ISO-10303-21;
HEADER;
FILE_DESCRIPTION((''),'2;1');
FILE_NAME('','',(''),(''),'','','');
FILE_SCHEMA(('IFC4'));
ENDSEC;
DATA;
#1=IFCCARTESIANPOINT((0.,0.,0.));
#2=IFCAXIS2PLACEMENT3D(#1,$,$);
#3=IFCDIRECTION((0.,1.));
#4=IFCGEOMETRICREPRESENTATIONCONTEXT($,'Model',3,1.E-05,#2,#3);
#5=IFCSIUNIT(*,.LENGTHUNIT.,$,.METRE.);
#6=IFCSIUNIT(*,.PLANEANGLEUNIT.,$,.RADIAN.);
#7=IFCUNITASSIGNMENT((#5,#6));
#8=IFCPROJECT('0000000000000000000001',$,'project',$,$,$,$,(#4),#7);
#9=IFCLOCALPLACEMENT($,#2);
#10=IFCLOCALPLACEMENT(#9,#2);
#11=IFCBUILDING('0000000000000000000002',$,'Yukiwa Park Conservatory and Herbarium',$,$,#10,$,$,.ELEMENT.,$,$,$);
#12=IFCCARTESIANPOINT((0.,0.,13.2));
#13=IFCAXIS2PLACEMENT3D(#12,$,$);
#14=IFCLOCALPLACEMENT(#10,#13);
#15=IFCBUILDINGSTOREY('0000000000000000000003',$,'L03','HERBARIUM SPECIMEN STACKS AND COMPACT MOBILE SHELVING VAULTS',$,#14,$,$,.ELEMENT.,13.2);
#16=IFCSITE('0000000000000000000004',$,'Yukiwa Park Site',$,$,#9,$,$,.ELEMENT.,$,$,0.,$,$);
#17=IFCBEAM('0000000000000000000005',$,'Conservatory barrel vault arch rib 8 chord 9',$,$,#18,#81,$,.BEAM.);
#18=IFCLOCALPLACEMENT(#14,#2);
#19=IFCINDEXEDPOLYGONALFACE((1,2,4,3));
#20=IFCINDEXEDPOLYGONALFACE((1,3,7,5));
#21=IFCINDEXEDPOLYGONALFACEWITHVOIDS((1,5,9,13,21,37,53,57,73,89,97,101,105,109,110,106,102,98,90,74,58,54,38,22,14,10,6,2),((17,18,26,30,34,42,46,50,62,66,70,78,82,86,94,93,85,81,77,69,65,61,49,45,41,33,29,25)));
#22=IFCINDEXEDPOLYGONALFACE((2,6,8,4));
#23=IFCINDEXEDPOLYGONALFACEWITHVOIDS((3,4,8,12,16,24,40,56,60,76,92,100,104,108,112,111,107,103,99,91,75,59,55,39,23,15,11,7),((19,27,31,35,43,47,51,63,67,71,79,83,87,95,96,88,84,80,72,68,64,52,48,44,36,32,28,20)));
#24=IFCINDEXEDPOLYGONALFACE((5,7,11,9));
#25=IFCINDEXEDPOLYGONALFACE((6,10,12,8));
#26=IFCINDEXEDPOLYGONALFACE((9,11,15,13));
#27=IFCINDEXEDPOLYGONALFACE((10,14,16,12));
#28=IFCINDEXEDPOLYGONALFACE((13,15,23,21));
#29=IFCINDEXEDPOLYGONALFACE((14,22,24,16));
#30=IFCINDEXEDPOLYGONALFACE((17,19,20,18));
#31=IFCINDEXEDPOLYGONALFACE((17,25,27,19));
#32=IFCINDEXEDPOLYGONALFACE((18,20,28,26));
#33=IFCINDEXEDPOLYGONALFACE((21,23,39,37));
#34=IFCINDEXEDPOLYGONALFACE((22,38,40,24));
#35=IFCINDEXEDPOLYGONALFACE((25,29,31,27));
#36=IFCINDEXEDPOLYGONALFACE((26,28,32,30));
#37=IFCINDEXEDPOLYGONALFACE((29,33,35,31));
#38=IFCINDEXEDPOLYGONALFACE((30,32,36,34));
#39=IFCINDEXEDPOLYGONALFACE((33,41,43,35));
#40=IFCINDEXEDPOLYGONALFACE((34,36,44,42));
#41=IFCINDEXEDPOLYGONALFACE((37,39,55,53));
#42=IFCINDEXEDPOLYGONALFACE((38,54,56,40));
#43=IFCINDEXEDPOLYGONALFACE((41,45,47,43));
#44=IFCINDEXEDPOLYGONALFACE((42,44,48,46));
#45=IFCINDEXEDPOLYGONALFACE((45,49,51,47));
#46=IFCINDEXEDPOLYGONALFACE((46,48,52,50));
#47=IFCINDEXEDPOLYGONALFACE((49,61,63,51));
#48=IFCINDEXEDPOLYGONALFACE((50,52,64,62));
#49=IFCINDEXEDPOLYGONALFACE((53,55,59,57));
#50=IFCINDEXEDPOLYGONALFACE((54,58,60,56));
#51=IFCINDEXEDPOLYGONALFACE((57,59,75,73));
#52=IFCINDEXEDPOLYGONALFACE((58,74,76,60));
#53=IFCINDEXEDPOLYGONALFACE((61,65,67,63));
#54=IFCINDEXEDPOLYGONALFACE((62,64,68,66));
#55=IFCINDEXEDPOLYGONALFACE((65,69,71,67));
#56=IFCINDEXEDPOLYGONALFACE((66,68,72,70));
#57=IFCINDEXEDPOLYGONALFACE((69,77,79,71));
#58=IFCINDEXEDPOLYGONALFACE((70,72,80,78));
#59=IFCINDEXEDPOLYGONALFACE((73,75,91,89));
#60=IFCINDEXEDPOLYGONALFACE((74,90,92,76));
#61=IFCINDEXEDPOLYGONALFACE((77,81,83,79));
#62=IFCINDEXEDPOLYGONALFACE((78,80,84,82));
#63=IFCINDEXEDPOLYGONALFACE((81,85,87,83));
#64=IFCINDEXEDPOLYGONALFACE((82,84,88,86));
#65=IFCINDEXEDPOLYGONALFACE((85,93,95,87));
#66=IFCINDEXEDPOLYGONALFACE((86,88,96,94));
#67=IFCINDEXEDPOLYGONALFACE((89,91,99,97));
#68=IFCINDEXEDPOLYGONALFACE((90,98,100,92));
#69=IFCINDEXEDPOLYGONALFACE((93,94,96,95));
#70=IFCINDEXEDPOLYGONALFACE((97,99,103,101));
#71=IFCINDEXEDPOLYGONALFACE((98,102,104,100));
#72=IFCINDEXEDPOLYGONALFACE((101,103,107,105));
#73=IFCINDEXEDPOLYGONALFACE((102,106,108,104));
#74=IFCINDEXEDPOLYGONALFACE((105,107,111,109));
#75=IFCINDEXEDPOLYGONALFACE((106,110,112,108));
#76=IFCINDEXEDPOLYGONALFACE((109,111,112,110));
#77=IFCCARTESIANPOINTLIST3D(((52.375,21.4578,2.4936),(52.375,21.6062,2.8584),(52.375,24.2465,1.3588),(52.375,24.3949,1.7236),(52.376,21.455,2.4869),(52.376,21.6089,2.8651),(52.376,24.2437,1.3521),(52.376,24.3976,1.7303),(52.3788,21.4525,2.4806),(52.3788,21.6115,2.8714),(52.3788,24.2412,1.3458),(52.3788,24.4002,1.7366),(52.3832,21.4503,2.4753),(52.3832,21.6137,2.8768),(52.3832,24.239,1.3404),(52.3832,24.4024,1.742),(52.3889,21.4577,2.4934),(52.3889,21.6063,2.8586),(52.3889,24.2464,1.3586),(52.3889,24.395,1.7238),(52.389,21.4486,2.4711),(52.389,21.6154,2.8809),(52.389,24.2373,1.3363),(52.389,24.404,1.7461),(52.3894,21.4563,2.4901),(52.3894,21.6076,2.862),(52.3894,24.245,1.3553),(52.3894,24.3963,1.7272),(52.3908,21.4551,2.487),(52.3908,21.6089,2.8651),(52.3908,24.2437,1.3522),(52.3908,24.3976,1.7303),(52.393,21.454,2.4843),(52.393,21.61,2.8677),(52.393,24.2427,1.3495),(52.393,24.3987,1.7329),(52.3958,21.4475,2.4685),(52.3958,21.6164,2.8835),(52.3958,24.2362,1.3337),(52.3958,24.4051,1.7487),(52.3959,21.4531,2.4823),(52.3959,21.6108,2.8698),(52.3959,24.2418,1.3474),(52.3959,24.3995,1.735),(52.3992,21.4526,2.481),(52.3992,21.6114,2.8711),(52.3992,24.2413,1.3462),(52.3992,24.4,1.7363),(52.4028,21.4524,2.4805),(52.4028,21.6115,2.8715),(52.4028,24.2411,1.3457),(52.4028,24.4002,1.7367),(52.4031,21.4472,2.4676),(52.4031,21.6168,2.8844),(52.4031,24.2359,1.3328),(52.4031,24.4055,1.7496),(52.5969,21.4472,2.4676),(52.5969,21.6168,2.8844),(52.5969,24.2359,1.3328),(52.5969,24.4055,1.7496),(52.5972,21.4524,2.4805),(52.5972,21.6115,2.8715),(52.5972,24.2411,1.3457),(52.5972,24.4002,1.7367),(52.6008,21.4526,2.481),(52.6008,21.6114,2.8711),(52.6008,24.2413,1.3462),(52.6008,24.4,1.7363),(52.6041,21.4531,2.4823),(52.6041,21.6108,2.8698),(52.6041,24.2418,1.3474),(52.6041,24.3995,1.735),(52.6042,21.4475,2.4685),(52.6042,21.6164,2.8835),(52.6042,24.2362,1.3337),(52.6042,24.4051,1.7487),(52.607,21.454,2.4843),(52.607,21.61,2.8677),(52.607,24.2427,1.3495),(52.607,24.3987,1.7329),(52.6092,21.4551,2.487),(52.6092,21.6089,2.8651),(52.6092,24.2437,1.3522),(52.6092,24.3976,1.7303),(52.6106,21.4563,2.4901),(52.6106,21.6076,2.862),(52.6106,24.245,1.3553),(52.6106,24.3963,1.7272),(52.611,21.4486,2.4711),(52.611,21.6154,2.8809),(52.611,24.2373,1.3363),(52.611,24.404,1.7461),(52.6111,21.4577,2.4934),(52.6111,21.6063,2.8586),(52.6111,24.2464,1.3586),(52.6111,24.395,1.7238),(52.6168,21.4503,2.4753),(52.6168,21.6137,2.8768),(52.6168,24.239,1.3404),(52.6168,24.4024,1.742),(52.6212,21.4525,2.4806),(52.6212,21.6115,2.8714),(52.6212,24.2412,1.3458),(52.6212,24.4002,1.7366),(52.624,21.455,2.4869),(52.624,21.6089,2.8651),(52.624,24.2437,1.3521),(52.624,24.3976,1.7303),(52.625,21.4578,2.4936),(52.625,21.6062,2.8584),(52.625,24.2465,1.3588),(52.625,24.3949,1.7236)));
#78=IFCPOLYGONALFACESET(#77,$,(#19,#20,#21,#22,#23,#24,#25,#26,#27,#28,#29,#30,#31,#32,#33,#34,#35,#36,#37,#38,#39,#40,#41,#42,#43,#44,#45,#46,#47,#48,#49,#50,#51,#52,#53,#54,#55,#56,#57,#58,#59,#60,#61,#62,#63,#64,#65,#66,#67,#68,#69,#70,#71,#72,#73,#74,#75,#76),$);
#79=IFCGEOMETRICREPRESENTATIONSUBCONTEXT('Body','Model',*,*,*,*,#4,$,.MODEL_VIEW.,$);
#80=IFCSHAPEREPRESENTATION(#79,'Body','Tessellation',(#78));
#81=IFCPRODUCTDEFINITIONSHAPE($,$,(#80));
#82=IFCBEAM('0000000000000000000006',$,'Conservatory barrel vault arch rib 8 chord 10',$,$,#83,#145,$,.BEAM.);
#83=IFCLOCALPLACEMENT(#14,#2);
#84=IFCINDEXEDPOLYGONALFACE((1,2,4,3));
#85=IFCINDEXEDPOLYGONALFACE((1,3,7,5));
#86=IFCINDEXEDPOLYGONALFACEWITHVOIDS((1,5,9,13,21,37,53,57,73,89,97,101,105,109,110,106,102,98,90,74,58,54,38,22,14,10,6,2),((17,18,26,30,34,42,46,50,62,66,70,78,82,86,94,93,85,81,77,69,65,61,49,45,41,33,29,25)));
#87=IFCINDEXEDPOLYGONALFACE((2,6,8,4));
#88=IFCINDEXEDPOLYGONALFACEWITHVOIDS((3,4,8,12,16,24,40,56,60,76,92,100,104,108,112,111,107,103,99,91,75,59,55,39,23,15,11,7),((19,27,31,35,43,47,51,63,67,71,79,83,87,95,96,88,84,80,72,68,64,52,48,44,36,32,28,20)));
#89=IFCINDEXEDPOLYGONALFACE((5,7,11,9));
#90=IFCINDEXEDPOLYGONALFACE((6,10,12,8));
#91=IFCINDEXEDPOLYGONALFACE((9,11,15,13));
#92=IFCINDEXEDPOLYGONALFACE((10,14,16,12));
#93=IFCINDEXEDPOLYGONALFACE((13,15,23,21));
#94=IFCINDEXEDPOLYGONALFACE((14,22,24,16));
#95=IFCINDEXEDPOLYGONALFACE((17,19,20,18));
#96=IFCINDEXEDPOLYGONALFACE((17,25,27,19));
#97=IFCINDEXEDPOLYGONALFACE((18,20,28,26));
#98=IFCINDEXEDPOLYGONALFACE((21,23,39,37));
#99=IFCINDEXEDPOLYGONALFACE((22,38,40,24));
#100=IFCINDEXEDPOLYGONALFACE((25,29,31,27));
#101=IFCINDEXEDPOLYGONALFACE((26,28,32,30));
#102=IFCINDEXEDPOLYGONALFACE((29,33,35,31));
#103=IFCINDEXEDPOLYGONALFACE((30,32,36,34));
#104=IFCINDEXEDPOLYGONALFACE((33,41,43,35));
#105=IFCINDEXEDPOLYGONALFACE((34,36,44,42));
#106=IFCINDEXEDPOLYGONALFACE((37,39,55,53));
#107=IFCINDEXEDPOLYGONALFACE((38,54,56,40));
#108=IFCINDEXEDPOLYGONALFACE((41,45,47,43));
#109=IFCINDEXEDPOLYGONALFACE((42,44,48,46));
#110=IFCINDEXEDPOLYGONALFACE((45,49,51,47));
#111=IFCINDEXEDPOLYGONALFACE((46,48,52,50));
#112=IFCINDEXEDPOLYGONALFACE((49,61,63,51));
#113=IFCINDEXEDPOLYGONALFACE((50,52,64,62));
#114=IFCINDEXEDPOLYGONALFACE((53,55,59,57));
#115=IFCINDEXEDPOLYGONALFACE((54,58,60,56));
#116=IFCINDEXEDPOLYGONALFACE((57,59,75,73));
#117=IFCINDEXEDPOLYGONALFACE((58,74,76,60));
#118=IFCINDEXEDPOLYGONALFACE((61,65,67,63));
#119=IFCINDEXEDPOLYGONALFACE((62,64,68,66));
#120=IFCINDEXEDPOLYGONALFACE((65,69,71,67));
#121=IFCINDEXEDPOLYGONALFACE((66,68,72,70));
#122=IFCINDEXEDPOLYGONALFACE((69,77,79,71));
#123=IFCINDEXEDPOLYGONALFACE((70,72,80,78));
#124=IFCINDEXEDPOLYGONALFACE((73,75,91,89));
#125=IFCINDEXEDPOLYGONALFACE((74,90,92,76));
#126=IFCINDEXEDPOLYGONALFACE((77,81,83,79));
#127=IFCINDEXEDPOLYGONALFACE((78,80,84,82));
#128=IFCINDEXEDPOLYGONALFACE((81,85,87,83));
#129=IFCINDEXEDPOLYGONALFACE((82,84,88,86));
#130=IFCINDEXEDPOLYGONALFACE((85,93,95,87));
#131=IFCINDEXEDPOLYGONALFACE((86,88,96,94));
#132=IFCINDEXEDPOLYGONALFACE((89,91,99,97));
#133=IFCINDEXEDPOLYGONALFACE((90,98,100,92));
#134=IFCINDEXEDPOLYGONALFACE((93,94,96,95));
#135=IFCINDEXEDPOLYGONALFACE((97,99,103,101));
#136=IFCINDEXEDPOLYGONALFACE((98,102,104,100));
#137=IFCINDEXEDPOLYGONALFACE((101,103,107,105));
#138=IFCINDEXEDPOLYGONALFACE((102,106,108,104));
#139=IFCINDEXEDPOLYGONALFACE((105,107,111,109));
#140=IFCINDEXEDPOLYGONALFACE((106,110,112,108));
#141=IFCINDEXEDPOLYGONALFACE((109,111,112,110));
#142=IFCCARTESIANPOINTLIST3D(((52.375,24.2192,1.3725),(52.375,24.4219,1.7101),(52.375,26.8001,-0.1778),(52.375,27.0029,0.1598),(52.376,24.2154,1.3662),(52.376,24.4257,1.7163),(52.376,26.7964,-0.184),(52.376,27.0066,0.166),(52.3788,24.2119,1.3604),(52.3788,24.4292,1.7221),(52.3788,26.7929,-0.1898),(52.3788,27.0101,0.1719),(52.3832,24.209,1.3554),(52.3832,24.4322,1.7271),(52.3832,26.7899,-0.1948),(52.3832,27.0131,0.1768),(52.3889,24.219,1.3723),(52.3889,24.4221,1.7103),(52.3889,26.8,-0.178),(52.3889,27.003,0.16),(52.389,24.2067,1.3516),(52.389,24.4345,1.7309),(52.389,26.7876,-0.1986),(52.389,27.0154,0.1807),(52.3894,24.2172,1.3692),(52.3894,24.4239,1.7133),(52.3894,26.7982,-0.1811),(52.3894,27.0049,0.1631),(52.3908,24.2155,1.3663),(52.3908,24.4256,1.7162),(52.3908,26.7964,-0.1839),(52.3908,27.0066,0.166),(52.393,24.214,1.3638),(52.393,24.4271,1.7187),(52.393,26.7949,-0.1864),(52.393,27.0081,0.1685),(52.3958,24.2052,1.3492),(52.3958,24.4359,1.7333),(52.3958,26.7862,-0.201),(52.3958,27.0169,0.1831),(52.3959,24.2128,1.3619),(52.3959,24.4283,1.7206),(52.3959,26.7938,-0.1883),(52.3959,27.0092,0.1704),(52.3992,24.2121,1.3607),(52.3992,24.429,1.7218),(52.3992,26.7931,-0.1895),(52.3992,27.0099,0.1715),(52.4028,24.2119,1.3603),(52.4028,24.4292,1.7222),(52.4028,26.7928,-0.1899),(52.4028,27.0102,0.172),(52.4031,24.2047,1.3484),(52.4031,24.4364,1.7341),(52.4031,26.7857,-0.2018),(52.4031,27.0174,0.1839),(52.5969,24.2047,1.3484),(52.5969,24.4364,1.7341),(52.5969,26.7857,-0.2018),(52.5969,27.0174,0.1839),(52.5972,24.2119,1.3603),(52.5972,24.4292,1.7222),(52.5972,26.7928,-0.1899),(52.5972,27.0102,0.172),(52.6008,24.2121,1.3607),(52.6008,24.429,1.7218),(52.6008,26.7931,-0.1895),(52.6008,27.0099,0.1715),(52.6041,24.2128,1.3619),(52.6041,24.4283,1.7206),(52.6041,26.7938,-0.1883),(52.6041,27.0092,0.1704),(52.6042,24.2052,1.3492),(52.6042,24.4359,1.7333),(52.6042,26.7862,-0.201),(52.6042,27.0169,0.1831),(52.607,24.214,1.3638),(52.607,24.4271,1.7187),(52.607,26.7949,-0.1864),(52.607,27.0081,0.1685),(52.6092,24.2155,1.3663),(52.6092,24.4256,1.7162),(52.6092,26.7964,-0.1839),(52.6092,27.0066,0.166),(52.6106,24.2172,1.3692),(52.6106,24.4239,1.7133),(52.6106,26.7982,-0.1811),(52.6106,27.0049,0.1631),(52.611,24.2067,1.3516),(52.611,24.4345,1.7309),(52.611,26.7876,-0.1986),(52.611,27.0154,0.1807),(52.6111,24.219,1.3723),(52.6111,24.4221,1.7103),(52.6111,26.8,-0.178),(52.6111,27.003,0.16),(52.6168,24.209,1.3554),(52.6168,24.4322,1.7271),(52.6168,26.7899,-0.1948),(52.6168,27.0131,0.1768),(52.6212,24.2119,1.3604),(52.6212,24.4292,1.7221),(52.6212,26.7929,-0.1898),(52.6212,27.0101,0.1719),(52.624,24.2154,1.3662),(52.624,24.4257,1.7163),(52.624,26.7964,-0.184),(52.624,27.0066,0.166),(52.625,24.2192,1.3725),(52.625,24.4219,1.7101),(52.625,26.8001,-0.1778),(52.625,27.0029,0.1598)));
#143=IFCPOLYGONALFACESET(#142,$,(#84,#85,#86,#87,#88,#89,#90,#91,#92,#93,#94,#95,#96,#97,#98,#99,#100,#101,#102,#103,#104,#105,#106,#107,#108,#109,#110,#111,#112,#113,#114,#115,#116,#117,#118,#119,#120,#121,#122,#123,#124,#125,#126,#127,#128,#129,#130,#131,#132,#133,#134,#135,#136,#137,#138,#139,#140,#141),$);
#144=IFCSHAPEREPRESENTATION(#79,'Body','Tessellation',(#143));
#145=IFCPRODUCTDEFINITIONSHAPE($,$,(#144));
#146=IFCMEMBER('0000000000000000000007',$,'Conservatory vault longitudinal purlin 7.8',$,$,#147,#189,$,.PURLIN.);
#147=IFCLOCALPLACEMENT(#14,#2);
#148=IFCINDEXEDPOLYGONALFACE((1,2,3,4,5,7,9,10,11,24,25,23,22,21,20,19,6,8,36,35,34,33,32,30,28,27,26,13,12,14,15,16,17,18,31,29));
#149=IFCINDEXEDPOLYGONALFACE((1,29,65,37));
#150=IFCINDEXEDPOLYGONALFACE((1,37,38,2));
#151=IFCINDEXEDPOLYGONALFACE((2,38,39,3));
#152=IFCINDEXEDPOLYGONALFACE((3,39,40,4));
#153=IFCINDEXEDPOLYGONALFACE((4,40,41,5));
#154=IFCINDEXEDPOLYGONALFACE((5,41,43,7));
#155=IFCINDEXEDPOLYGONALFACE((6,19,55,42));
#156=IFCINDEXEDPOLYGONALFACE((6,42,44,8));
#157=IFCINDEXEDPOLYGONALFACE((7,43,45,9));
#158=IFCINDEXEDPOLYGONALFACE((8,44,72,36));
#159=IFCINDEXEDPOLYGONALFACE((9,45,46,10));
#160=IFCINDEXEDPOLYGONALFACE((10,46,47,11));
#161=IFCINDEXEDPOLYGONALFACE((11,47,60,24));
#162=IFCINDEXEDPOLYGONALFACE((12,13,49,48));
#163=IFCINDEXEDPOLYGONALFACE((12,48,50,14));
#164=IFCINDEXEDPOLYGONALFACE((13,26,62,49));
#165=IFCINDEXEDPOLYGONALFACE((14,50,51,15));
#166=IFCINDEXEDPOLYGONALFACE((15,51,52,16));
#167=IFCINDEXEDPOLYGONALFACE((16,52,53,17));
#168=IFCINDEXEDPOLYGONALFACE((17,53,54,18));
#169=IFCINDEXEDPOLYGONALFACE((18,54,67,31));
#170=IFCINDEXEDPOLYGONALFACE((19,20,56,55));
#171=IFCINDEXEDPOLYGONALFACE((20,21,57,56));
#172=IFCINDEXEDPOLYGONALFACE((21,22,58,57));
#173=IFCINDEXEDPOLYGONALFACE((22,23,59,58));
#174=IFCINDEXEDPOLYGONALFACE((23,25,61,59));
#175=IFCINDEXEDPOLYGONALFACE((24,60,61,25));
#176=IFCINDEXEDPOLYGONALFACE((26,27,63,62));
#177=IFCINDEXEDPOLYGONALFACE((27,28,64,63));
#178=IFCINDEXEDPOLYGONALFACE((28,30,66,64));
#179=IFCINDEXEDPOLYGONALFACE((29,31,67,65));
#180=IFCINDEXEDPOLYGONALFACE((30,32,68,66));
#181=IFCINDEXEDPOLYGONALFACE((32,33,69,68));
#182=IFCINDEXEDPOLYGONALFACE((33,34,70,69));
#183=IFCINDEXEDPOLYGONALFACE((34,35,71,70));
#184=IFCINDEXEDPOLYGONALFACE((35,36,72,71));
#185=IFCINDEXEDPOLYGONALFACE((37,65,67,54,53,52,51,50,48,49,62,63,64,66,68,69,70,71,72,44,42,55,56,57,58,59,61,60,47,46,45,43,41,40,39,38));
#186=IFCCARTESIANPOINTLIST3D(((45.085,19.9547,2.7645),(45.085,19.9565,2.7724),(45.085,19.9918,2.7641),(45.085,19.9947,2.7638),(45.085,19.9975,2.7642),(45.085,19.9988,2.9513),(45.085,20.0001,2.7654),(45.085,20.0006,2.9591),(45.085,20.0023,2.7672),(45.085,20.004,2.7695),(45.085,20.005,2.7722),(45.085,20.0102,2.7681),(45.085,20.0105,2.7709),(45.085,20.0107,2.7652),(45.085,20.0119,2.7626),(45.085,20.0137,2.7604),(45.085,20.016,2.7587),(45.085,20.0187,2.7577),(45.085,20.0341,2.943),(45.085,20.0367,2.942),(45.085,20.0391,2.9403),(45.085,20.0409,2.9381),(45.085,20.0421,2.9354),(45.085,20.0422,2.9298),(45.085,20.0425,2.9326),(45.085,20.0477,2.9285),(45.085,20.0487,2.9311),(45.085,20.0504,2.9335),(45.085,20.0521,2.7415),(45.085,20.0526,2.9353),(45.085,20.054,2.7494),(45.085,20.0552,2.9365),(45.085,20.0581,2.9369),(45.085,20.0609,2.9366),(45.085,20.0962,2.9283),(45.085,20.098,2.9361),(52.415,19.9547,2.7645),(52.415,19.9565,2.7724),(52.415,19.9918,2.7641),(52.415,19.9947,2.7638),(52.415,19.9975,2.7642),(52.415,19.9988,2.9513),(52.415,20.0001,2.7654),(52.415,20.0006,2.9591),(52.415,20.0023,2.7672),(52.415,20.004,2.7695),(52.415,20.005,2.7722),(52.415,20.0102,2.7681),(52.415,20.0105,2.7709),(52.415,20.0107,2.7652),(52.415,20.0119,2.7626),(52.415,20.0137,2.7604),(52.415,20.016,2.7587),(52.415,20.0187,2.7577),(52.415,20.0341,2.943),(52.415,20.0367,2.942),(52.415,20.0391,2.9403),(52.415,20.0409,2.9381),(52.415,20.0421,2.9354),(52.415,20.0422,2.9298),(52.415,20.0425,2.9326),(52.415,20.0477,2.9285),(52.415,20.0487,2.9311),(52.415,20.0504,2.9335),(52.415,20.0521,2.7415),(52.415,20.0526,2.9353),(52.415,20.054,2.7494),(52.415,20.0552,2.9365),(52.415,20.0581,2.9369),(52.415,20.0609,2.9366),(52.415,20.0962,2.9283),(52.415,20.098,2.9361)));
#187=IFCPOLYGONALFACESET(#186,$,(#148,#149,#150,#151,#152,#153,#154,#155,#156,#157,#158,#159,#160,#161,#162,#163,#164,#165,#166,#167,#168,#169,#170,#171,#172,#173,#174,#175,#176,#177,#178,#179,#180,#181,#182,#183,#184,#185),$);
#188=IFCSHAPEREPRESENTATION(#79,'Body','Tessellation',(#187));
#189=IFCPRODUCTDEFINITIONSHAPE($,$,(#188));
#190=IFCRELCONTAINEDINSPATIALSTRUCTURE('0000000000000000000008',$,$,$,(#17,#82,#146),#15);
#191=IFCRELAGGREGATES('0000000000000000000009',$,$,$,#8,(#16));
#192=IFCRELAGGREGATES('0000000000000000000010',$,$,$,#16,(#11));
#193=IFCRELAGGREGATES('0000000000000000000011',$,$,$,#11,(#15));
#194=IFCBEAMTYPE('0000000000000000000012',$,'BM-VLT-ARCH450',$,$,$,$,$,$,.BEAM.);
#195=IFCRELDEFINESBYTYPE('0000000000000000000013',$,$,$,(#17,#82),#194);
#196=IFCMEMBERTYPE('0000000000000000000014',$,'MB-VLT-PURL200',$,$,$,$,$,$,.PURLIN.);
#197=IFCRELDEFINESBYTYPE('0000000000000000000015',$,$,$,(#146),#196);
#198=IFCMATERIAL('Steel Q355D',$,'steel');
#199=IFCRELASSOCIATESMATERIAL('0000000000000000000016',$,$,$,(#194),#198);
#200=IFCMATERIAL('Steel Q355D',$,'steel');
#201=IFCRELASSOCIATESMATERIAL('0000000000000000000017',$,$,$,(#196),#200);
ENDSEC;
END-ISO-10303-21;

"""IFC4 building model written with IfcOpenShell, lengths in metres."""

from ifc_helpers import new_model, si_unit, direction, frame, origin, origin_2d, place, context, subcontext, project, spatial, hollow_rectangle, i_section, extrude, material, material_profile, profile_set, type_object, element, save


model = new_model("IFC4")

# Units and contexts
model_context = context("Model", 3, precision=1e-05, world=origin(), true_north=direction((0.0, 1.0)))
body_context = subcontext(model_context, "Body", "Model", "MODEL_VIEW")
ifc_project = project(units=[si_unit("LENGTHUNIT", "METRE"), si_unit("PLANEANGLEUNIT", "RADIAN")], contexts=[model_context])

# Site, building, storey
site_placement = place(None, origin())
site = spatial("IfcSite", under=ifc_project, at=site_placement, Name="Yukiwa Park Site", CompositionType="ELEMENT", RefElevation=0.0)
building_placement = place(site_placement, origin())
building = spatial("IfcBuilding", under=site, at=building_placement, Name="Yukiwa Park Conservatory and Herbarium", CompositionType="ELEMENT")
storey_placement = place(building_placement, frame((0.0, 0.0, 13.2)))
storey = spatial("IfcBuildingStorey", under=building, at=storey_placement, Name="L03", Description="HERBARIUM SPECIMEN STACKS AND COMPACT MOBILE SHELVING VAULTS", CompositionType="ELEMENT", Elevation=13.2)

# Beams
ifc_material_1 = material(Name="Steel Q355D", Category="steel")
ifc_material_profile_1 = material_profile(ifc_material_1, hollow_rectangle(XDim=0.25, YDim=0.45, WallThickness=0.0139, InnerFilletRadius=0.0139, OuterFilletRadius=0.0281, at=origin_2d()), Name="RHS 450x250x14")
ifc_profile_set_1 = profile_set([ifc_material_profile_1], Name="Steel Q355D")
beam_type = type_object("IfcBeamType", Name="BM-VLT-ARCH450", PredefinedType="BEAM", material=ifc_profile_set_1)
for number, where, z_axis, x_axis, name in (
    (1, (52.5, 21.532, 2.676), (0.0, 0.926246, -0.376921), (-1.0, 0.0, 0.0), "Conservatory barrel vault arch rib 8 chord 9"),
    (2, (52.5, 24.3206, 1.5413), (0.0, 0.85725, -0.514901), (-1.0, 0.0, 0.0), "Conservatory barrel vault arch rib 8 chord 10"),
):
    element("IfcBeam", number, at=place(storey_placement, frame(where, z_axis=z_axis, x_axis=x_axis)), inside=storey, type_object=beam_type, Name=name, PredefinedType="BEAM", context=body_context, shape_type="SweptSolid", body=[
        extrude(hollow_rectangle(XDim=0.25, YDim=0.45, WallThickness=0.0139, InnerFilletRadius=0.0139, OuterFilletRadius=0.0281, at=origin_2d()), origin(), (0.0, 0.0, 1.0), 3.0107),
    ])

# Member
ifc_material_2 = material(Name="Steel Q355D", Category="steel")
ifc_material_profile_2 = material_profile(ifc_material_2, i_section(OverallWidth=0.1001, OverallDepth=0.2, WebThickness=0.0056, FlangeThickness=0.0081, FilletRadius=0.011, at=origin_2d()), Name="HN 200x100x5.5x8")
ifc_profile_set_2 = profile_set([ifc_material_profile_2], Name="Steel Q355D")
member_type_1 = type_object("IfcMemberType", Name="MB-VLT-PURL200", PredefinedType="PURLIN", material=ifc_profile_set_2)
for number, where, z_axis, x_axis, name in (
    (3, (45.085, 20.0264, 2.8503), (1.0, 0.0, 0.0), (0.0, 0.973249, -0.229752), "Conservatory vault longitudinal purlin 7.8"),
):
    element("IfcMember", number, at=place(storey_placement, frame(where, z_axis=z_axis, x_axis=x_axis)), inside=storey, type_object=member_type_1, Name=name, PredefinedType="PURLIN", context=body_context, shape_type="SweptSolid", body=[
        extrude(i_section(OverallWidth=0.1001, OverallDepth=0.2, WebThickness=0.0056, FlangeThickness=0.0081, FilletRadius=0.011, at=origin_2d()), origin(), (0.0, 0.0, 1.0), 7.3301),
    ])

save(model, "model.ifc")
